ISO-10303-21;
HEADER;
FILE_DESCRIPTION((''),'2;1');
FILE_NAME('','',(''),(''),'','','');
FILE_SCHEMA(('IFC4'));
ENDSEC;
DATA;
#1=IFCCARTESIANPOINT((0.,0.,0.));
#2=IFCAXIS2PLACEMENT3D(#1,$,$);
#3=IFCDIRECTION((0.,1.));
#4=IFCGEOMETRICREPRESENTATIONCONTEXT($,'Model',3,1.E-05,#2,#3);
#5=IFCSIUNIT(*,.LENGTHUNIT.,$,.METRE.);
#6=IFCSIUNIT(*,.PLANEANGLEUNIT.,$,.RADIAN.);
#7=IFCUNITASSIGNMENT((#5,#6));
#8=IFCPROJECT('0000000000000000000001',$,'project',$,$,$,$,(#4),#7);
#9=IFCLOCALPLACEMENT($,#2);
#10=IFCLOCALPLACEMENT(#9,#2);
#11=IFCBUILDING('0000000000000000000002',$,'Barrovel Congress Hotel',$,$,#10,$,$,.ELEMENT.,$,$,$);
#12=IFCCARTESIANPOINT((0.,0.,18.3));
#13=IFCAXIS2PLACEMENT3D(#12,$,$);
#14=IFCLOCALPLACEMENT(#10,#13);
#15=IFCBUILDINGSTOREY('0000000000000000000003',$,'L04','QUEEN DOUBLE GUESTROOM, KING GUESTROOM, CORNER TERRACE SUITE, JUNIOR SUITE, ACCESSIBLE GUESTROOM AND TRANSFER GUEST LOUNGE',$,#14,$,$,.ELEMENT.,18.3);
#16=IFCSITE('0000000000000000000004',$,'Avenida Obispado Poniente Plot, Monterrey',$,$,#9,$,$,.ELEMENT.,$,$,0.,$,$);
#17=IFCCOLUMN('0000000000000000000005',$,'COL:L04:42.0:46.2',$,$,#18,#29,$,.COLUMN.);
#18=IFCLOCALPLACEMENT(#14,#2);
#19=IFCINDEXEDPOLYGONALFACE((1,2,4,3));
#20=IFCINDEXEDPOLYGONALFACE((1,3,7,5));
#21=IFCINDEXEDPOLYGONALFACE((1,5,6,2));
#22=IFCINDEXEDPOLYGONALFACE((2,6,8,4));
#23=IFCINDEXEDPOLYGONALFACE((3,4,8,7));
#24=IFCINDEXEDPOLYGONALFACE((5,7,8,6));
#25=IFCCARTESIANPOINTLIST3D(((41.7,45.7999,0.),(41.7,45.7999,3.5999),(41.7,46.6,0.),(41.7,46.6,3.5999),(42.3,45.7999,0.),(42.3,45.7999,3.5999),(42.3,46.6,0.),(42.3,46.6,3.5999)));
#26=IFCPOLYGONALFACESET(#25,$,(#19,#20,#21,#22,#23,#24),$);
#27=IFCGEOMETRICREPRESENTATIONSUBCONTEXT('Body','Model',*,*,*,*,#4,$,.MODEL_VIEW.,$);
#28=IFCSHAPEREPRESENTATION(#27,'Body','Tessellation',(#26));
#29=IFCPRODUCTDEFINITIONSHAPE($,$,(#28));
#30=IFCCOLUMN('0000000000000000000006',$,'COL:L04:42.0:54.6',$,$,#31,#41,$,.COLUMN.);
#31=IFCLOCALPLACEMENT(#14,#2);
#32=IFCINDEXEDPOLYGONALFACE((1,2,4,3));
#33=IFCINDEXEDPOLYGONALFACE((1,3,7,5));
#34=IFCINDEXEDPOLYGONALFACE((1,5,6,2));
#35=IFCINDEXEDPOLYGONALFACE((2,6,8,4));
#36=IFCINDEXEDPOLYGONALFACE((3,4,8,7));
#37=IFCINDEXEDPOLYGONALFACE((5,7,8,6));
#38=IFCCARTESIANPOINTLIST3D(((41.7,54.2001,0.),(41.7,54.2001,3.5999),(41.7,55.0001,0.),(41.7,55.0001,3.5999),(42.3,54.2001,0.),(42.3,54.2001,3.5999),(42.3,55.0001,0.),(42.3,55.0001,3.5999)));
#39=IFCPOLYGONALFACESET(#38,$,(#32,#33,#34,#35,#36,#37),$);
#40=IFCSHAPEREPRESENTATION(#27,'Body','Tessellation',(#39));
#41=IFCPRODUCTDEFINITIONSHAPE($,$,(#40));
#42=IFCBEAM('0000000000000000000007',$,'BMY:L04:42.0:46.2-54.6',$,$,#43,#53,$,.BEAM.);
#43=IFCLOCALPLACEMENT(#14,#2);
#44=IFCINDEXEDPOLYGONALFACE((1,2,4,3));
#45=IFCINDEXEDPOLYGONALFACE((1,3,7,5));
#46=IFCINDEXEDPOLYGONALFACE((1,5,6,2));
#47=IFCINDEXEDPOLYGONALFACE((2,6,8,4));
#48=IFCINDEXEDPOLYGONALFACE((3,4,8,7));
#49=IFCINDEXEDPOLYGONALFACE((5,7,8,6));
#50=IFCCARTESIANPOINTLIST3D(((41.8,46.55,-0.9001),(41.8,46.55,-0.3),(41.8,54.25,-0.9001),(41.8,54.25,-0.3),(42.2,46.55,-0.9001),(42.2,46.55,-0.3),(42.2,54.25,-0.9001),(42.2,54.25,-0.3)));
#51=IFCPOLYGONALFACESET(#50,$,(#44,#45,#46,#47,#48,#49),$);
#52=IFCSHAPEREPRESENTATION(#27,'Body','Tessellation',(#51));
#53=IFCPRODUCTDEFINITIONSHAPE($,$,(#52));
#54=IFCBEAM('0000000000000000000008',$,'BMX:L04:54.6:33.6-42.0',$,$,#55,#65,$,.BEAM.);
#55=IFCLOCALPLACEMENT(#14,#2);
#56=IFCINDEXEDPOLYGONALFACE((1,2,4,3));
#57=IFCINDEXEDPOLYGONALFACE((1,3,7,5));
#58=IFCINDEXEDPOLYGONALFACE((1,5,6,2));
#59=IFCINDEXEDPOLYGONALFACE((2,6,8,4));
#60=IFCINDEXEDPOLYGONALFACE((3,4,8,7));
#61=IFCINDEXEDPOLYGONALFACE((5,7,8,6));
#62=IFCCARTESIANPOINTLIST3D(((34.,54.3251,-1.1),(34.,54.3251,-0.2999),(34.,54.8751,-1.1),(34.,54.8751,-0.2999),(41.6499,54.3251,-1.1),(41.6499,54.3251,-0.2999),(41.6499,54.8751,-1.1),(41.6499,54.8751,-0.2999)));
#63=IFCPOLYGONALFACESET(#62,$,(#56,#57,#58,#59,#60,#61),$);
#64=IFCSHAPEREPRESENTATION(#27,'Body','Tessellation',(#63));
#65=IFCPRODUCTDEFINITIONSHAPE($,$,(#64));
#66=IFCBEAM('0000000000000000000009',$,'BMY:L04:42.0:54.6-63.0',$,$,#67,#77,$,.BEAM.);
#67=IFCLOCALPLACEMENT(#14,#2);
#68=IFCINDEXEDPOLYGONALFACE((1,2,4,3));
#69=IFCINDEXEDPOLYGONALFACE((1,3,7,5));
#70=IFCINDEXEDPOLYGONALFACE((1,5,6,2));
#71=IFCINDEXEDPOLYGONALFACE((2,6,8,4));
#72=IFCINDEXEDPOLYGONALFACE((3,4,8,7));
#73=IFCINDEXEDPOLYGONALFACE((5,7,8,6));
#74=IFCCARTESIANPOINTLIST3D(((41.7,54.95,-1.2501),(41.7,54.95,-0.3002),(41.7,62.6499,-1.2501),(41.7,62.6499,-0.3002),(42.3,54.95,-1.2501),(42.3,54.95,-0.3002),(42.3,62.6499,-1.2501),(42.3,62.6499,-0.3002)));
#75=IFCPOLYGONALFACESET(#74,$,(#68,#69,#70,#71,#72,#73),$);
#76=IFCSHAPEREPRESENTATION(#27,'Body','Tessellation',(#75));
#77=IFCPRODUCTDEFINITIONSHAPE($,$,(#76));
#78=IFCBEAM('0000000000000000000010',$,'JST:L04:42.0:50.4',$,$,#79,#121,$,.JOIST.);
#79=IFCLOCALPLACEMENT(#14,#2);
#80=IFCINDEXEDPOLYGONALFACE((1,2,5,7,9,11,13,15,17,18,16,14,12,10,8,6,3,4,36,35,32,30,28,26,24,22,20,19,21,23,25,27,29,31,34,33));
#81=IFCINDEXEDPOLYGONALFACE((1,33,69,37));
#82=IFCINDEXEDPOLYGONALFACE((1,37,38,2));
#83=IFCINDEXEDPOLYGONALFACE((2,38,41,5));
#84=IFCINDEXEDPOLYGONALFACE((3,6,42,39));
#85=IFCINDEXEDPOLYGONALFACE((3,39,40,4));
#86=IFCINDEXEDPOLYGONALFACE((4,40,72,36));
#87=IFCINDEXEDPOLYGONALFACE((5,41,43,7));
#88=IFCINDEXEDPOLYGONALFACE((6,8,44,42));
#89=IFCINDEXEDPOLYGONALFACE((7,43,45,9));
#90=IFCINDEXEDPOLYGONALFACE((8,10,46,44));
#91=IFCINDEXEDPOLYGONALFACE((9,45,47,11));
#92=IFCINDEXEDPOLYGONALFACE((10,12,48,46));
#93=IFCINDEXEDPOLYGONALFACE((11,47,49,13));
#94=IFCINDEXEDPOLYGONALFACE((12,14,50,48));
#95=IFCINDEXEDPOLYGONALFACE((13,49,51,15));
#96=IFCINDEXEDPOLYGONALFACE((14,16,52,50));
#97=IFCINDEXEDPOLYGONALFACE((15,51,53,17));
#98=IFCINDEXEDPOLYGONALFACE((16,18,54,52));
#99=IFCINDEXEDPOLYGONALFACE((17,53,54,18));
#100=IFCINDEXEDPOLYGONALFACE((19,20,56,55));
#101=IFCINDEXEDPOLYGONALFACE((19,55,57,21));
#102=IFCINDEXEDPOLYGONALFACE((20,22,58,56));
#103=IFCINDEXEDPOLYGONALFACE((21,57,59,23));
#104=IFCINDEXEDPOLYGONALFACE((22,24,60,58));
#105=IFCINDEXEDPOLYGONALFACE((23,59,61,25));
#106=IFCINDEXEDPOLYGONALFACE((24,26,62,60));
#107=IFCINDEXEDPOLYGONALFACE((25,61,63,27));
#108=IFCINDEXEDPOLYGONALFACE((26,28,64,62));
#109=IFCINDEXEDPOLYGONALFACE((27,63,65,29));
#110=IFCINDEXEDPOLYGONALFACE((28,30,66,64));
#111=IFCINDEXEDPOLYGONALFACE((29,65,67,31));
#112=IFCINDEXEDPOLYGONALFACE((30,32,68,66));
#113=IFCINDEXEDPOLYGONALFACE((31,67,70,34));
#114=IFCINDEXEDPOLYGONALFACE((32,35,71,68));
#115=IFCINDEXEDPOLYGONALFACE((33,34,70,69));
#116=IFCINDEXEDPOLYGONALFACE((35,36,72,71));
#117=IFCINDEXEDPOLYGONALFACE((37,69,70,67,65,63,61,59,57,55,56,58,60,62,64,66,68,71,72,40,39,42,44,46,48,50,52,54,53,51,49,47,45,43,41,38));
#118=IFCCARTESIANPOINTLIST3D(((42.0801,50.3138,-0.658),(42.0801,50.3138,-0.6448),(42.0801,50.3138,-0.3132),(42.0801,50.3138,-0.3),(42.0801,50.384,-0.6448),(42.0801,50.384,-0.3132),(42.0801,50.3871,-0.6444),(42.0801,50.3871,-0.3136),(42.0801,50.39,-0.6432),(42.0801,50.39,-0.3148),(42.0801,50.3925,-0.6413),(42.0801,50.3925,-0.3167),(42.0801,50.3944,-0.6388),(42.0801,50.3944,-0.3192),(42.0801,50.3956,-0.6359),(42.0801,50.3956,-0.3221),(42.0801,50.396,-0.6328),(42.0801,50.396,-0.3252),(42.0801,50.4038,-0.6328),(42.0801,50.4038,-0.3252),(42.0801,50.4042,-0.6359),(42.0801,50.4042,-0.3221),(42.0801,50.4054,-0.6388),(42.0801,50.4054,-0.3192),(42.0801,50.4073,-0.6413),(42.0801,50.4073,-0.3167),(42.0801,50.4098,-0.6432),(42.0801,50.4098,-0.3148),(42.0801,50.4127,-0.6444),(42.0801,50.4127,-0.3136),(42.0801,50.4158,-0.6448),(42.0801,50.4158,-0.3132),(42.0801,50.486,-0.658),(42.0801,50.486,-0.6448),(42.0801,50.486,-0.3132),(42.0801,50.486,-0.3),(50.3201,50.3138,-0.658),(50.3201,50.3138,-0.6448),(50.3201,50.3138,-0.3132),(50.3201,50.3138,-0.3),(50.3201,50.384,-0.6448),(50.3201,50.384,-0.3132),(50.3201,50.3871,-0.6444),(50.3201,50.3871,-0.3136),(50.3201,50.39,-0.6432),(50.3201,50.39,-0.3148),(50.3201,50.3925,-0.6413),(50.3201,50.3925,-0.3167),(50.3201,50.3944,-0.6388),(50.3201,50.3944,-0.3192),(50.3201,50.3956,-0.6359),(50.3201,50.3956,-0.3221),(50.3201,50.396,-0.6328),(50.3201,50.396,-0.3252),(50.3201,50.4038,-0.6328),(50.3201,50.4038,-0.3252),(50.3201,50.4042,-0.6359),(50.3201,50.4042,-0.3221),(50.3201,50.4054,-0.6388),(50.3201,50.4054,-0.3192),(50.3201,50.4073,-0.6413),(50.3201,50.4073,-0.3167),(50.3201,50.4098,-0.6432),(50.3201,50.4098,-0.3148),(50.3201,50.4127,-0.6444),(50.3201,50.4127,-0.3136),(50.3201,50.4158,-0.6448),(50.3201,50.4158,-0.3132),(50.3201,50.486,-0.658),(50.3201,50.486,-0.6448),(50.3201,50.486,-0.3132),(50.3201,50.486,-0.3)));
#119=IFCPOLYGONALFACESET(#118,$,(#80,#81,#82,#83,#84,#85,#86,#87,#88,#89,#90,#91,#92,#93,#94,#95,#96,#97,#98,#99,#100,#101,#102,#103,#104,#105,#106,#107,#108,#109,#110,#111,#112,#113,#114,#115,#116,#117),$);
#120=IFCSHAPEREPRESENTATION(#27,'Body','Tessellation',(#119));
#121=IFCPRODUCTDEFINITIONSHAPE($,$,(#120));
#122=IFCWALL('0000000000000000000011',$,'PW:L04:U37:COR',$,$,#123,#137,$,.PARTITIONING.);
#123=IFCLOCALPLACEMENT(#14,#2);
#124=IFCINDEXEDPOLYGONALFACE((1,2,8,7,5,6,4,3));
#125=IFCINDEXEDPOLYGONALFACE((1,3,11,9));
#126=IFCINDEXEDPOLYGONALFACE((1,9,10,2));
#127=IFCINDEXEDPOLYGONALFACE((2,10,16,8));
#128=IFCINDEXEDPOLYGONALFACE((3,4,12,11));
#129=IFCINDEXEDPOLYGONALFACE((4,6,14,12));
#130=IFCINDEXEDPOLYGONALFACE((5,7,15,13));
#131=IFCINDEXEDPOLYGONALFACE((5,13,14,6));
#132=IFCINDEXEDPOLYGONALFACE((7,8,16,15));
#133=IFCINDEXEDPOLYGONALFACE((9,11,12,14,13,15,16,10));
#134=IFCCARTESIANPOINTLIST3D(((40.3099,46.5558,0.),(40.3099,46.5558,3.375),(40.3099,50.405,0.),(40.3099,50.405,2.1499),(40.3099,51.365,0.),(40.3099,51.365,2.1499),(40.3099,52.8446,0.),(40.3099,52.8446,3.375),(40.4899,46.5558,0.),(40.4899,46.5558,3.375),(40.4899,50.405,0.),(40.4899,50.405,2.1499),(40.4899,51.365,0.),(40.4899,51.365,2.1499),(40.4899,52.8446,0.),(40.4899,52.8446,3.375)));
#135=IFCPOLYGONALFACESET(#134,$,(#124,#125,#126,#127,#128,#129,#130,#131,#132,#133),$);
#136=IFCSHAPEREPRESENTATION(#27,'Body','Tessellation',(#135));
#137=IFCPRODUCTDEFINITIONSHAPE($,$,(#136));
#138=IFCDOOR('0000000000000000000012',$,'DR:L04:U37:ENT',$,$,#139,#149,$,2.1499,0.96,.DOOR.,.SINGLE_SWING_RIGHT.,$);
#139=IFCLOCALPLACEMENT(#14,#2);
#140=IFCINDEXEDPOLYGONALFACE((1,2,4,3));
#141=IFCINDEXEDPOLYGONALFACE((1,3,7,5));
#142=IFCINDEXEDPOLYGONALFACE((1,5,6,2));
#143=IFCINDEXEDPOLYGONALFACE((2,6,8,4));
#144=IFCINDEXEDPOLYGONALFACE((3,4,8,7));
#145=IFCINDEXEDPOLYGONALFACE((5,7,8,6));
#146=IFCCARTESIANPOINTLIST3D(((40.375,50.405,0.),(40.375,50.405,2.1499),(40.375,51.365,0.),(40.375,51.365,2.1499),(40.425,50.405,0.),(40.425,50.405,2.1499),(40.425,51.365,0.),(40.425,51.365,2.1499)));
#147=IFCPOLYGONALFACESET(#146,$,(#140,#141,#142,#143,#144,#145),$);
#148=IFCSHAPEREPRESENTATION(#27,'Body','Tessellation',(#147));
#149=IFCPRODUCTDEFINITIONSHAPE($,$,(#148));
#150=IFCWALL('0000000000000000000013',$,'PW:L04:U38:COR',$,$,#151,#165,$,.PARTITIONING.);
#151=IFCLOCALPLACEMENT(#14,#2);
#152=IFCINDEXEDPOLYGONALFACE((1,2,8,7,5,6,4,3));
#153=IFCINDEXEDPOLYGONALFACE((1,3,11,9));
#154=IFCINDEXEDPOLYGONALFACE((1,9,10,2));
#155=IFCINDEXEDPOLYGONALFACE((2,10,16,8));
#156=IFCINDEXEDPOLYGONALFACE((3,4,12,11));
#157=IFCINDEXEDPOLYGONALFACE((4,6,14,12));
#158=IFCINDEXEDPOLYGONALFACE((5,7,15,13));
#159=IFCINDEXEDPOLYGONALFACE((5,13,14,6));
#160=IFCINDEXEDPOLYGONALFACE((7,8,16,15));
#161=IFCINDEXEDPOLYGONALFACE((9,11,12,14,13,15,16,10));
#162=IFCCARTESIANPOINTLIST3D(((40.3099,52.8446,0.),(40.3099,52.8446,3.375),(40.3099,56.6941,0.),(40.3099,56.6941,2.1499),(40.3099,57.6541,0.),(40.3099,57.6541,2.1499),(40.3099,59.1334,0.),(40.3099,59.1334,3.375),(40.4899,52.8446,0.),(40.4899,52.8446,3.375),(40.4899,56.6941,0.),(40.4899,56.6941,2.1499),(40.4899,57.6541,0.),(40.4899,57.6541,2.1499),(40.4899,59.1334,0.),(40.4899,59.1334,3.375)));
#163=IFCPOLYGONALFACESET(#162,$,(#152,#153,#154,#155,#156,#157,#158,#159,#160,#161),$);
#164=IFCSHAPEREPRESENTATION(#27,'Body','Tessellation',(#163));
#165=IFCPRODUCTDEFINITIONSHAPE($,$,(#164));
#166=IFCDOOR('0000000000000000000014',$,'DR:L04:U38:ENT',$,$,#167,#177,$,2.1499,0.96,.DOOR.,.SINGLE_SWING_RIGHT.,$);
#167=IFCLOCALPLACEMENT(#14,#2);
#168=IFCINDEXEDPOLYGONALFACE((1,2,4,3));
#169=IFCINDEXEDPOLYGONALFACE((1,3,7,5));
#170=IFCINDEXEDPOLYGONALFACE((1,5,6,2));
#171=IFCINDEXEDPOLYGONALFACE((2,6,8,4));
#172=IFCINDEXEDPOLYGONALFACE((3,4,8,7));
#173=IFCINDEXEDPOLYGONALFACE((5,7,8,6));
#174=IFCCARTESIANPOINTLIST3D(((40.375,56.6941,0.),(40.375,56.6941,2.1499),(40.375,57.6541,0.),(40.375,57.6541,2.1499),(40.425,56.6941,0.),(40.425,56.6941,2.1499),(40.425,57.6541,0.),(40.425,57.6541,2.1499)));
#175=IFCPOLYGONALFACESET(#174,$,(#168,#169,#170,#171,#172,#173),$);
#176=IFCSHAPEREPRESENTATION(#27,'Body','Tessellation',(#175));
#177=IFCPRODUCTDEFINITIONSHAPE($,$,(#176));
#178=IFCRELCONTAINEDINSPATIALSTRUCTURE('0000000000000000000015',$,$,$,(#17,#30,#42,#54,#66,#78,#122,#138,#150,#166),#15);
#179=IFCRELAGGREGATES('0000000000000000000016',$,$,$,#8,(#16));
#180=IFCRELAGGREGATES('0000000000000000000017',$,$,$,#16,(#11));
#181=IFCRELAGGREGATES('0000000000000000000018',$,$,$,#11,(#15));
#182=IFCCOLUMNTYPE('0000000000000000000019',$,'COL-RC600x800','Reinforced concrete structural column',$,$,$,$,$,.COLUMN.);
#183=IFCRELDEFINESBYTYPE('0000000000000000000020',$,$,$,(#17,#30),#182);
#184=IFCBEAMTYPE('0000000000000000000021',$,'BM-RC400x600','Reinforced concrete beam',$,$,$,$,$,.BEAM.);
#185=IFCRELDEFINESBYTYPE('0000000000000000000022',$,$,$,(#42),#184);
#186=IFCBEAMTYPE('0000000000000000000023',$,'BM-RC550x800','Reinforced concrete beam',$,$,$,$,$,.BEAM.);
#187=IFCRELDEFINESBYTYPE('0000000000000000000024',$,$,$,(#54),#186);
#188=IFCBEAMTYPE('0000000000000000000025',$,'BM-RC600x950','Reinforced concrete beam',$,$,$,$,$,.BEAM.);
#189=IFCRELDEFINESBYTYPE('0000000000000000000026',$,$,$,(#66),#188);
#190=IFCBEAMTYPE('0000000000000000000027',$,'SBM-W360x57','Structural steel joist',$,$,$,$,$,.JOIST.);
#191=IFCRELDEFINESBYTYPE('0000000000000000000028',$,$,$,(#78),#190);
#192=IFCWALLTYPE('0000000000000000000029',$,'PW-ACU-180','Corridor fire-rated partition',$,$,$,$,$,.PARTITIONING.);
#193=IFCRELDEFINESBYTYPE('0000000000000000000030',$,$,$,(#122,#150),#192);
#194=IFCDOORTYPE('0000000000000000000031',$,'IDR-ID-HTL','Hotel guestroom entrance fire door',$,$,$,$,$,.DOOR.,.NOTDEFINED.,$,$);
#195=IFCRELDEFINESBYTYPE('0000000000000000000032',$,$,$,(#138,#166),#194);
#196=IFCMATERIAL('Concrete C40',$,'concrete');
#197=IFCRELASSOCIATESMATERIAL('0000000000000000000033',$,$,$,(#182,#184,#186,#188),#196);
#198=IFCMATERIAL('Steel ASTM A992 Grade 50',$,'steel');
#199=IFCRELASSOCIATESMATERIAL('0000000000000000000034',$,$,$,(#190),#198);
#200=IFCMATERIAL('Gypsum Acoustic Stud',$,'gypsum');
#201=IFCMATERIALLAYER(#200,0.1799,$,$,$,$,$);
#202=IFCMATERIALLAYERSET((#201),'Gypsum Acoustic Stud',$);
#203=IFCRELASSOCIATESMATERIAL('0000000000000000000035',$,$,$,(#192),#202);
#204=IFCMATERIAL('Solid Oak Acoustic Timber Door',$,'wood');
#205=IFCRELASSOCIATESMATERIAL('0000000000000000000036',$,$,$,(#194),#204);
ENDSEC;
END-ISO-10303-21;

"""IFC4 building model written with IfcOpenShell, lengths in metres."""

from ifc_helpers import new_model, si_unit, direction, frame, frame_2d, origin, origin_2d, place, context, subcontext, project, spatial, rectangle, i_section, extrude, material, layer, layer_set, material_profile, profile_set, type_object, element, fill, save


model = new_model("IFC4")

# Units and contexts
model_context = context("Model", 3, precision=1e-05, world=origin(), true_north=direction((0.0, 1.0)))
body_context = subcontext(model_context, "Body", "Model", "MODEL_VIEW")
ifc_project = project(units=[si_unit("LENGTHUNIT", "METRE"), si_unit("PLANEANGLEUNIT", "RADIAN")], contexts=[model_context])

# Site, building, storey
site_placement = place(None, origin())
site = spatial("IfcSite", under=ifc_project, at=site_placement, Name="Avenida Obispado Poniente Plot, Monterrey", CompositionType="ELEMENT", RefElevation=0.0)
building_placement = place(site_placement, origin())
building = spatial("IfcBuilding", under=site, at=building_placement, Name="Barrovel Congress Hotel", CompositionType="ELEMENT")
storey_placement = place(building_placement, frame((0.0, 0.0, 18.3)))
storey = spatial("IfcBuildingStorey", under=building, at=storey_placement, Name="L04", Description="QUEEN DOUBLE GUESTROOM, KING GUESTROOM, CORNER TERRACE SUITE, JUNIOR SUITE, ACCESSIBLE GUESTROOM AND TRANSFER GUEST LOUNGE", CompositionType="ELEMENT", Elevation=18.3)

# Columns
ifc_material_1 = material(Name="Concrete C40", Category="concrete")
ifc_material_profile_1 = material_profile(ifc_material_1, rectangle(XDim=0.6001, YDim=0.8, at=origin_2d()), Name="RC600x800")
ifc_profile_set_1 = profile_set([ifc_material_profile_1], Name="Concrete C40")
column_type = type_object("IfcColumnType", Name="COL-RC600x800", Description="Reinforced concrete structural column", PredefinedType="COLUMN", material=ifc_profile_set_1)
for number, where, z_axis, x_axis, name in (
    (1, (42.0, 46.2, 0.0), (0.0, 0.0, 1.0), (1.0, 0.0, 0.0), "COL:L04:42.0:46.2"),
    (2, (42.0, 54.6001, 0.0), (0.0, 0.0, 1.0), (1.0, 0.0, 0.0), "COL:L04:42.0:54.6"),
):
    element("IfcColumn", number, at=place(storey_placement, frame(where, z_axis=z_axis, x_axis=x_axis)), inside=storey, type_object=column_type, Name=name, PredefinedType="COLUMN", context=body_context, shape_type="SweptSolid", body=[
        extrude(rectangle(XDim=0.6001, YDim=0.8, at=origin_2d()), origin(), (0.0, 0.0, 1.0), 3.5999),
    ])

# Beams
ifc_material_profile_2 = material_profile(ifc_material_1, rectangle(XDim=0.3999, YDim=0.6001, at=origin_2d()), Name="RC400x600")
ifc_profile_set_2 = profile_set([ifc_material_profile_2], Name="Concrete C40")
beam_type_1 = type_object("IfcBeamType", Name="BM-RC400x600", Description="Reinforced concrete beam", PredefinedType="BEAM", material=ifc_profile_set_2)
beam_1_placement = place(storey_placement, frame((42.0, 46.55, -0.6001), z_axis=(0.0, 1.0, 0.0), x_axis=(-1.0, 0.0, 0.0)))
element("IfcBeam", 3, at=beam_1_placement, inside=storey, type_object=beam_type_1, Name="BMY:L04:42.0:46.2-54.6", PredefinedType="BEAM", context=body_context, shape_type="SweptSolid", body=[
    extrude(rectangle(XDim=0.3999, YDim=0.6001, at=origin_2d()), origin(), (0.0, 0.0, 1.0), 7.7),
])
ifc_material_profile_3 = material_profile(ifc_material_1, rectangle(XDim=0.55, YDim=0.8, at=origin_2d()), Name="RC550x800")
ifc_profile_set_3 = profile_set([ifc_material_profile_3], Name="Concrete C40")
beam_type_2 = type_object("IfcBeamType", Name="BM-RC550x800", Description="Reinforced concrete beam", PredefinedType="BEAM", material=ifc_profile_set_3)
beam_2_placement = place(storey_placement, frame((34.0, 54.6001, -0.7), z_axis=(1.0, 0.0, 0.0), x_axis=(0.0, 1.0, 0.0)))
element("IfcBeam", 4, at=beam_2_placement, inside=storey, type_object=beam_type_2, Name="BMX:L04:54.6:33.6-42.0", PredefinedType="BEAM", context=body_context, shape_type="SweptSolid", body=[
    extrude(rectangle(XDim=0.55, YDim=0.8, at=origin_2d()), origin(), (0.0, 0.0, 1.0), 7.6499),
])
ifc_material_profile_4 = material_profile(ifc_material_1, rectangle(XDim=0.6001, YDim=0.95, at=origin_2d()), Name="RC600x950")
ifc_profile_set_4 = profile_set([ifc_material_profile_4], Name="Concrete C40")
beam_type_3 = type_object("IfcBeamType", Name="BM-RC600x950", Description="Reinforced concrete beam", PredefinedType="BEAM", material=ifc_profile_set_4)
beam_3_placement = place(storey_placement, frame((42.0, 54.95, -0.7751), z_axis=(0.0, 1.0, 0.0), x_axis=(-1.0, 0.0, 0.0)))
element("IfcBeam", 5, at=beam_3_placement, inside=storey, type_object=beam_type_3, Name="BMY:L04:42.0:54.6-63.0", PredefinedType="BEAM", context=body_context, shape_type="SweptSolid", body=[
    extrude(rectangle(XDim=0.6001, YDim=0.95, at=origin_2d()), origin(), (0.0, 0.0, 1.0), 7.7),
])
ifc_material_2 = material(Name="Steel ASTM A992 Grade 50", Category="steel")
ifc_material_profile_5 = material_profile(ifc_material_2, i_section(OverallWidth=0.1721, OverallDepth=0.3579, WebThickness=0.0078, FlangeThickness=0.0132, FilletRadius=0.012, at=origin_2d()), Name="W360x57")
ifc_profile_set_5 = profile_set([ifc_material_profile_5], Name="Steel ASTM A992 Grade 50")
beam_type_4 = type_object("IfcBeamType", Name="SBM-W360x57", Description="Structural steel joist", PredefinedType="JOIST", material=ifc_profile_set_5)
beam_4_placement = place(storey_placement, frame((42.0801, 50.3999, -0.479), z_axis=(1.0, 0.0, 0.0), x_axis=(0.0, 1.0, 0.0)))
element("IfcBeam", 6, at=beam_4_placement, inside=storey, type_object=beam_type_4, Name="JST:L04:42.0:50.4", PredefinedType="JOIST", context=body_context, shape_type="SweptSolid", body=[
    extrude(i_section(OverallWidth=0.1721, OverallDepth=0.3579, WebThickness=0.0078, FlangeThickness=0.0132, FilletRadius=0.012, at=origin_2d()), origin(), (0.0, 0.0, 1.0), 8.24),
])

# Walls, openings, doors
ifc_material_3 = material(Name="Gypsum Acoustic Stud", Category="gypsum")
ifc_layer_1 = layer(ifc_material_3, 0.1799)
ifc_layer_set_1 = layer_set([ifc_layer_1], Name="Gypsum Acoustic Stud")
wall_type_1 = type_object("IfcWallType", Name="PW-ACU-180", Description="Corridor fire-rated partition", PredefinedType="PARTITIONING", material=ifc_layer_set_1)
wall_1_placement = place(storey_placement, frame((40.3999, 46.5557, 0.0), z_axis=(0.0, 0.0, 1.0), x_axis=(0.0, 1.0, 0.0)))
wall_1 = element("IfcWall", 7, at=wall_1_placement, inside=storey, type_object=wall_type_1, Name="PW:L04:U37:COR", PredefinedType="PARTITIONING", context=body_context, shape_type="SweptSolid", body=[
    extrude(rectangle(XDim=6.2888, YDim=0.1799, at=frame_2d((3.1445, 0.0))), origin(), (0.0, 0.0, 1.0), 3.375),
])
opening_1_placement = place(wall_1_placement, frame((3.8494, 0.0, 0.0)))
opening_1 = element("IfcOpeningElement", 8, at=opening_1_placement, cuts=wall_1, PredefinedType="OPENING", context=body_context, shape_type="SweptSolid", body=[
    extrude(rectangle(XDim=0.96, YDim=2.1499, at=frame_2d((0.48, 1.075))), frame((0.0, 0.1001, 0.0), z_axis=(0.0, -1.0, 0.0), x_axis=(1.0, 0.0, 0.0)), (0.0, 0.0, 1.0), 0.2),
])
ifc_material_4 = material(Name="Solid Oak Acoustic Timber Door", Category="wood")
door_type_1 = type_object("IfcDoorType", Name="IDR-ID-HTL", Description="Hotel guestroom entrance fire door", OperationType="NOTDEFINED", PredefinedType="DOOR", material=ifc_material_4)
door_1_placement = place(opening_1_placement, origin())
door_1 = element("IfcDoor", 9, at=door_1_placement, inside=storey, type_object=door_type_1, Name="DR:L04:U37:ENT", OperationType="SINGLE_SWING_RIGHT", OverallHeight=2.1499, OverallWidth=0.96, PredefinedType="DOOR", context=body_context, shape_type="SweptSolid", body=[
    extrude(rectangle(XDim=0.96, YDim=2.1499, at=frame_2d((0.48, 1.075))), frame((0.0, 0.0249, 0.0), z_axis=(0.0, -1.0, 0.0), x_axis=(1.0, 0.0, 0.0)), (0.0, 0.0, 1.0), 0.05),
])
fill(opening_1, door_1)
wall_2_placement = place(storey_placement, frame((40.3999, 52.8445, 0.0), z_axis=(0.0, 0.0, 1.0), x_axis=(0.0, 1.0, 0.0)))
wall_2 = element("IfcWall", 10, at=wall_2_placement, inside=storey, type_object=wall_type_1, Name="PW:L04:U38:COR", PredefinedType="PARTITIONING", context=body_context, shape_type="SweptSolid", body=[
    extrude(rectangle(XDim=6.2888, YDim=0.1799, at=frame_2d((3.1445, 0.0))), origin(), (0.0, 0.0, 1.0), 3.375),
])
opening_2_placement = place(wall_2_placement, frame((3.8496, 0.0, 0.0)))
opening_2 = element("IfcOpeningElement", 11, at=opening_2_placement, cuts=wall_2, PredefinedType="OPENING", context=body_context, shape_type="SweptSolid", body=[
    extrude(rectangle(XDim=0.96, YDim=2.1499, at=frame_2d((0.48, 1.075))), frame((0.0, 0.1001, 0.0), z_axis=(0.0, -1.0, 0.0), x_axis=(1.0, 0.0, 0.0)), (0.0, 0.0, 1.0), 0.2),
])
door_2_placement = place(opening_2_placement, origin())
door_2 = element("IfcDoor", 12, at=door_2_placement, inside=storey, type_object=door_type_1, Name="DR:L04:U38:ENT", OperationType="SINGLE_SWING_RIGHT", OverallHeight=2.1499, OverallWidth=0.96, PredefinedType="DOOR", context=body_context, shape_type="SweptSolid", body=[
    extrude(rectangle(XDim=0.96, YDim=2.1499, at=frame_2d((0.48, 1.075))), frame((0.0, 0.0249, 0.0), z_axis=(0.0, -1.0, 0.0), x_axis=(1.0, 0.0, 0.0)), (0.0, 0.0, 1.0), 0.05),
])
fill(opening_2, door_2)

save(model, "model.ifc")
